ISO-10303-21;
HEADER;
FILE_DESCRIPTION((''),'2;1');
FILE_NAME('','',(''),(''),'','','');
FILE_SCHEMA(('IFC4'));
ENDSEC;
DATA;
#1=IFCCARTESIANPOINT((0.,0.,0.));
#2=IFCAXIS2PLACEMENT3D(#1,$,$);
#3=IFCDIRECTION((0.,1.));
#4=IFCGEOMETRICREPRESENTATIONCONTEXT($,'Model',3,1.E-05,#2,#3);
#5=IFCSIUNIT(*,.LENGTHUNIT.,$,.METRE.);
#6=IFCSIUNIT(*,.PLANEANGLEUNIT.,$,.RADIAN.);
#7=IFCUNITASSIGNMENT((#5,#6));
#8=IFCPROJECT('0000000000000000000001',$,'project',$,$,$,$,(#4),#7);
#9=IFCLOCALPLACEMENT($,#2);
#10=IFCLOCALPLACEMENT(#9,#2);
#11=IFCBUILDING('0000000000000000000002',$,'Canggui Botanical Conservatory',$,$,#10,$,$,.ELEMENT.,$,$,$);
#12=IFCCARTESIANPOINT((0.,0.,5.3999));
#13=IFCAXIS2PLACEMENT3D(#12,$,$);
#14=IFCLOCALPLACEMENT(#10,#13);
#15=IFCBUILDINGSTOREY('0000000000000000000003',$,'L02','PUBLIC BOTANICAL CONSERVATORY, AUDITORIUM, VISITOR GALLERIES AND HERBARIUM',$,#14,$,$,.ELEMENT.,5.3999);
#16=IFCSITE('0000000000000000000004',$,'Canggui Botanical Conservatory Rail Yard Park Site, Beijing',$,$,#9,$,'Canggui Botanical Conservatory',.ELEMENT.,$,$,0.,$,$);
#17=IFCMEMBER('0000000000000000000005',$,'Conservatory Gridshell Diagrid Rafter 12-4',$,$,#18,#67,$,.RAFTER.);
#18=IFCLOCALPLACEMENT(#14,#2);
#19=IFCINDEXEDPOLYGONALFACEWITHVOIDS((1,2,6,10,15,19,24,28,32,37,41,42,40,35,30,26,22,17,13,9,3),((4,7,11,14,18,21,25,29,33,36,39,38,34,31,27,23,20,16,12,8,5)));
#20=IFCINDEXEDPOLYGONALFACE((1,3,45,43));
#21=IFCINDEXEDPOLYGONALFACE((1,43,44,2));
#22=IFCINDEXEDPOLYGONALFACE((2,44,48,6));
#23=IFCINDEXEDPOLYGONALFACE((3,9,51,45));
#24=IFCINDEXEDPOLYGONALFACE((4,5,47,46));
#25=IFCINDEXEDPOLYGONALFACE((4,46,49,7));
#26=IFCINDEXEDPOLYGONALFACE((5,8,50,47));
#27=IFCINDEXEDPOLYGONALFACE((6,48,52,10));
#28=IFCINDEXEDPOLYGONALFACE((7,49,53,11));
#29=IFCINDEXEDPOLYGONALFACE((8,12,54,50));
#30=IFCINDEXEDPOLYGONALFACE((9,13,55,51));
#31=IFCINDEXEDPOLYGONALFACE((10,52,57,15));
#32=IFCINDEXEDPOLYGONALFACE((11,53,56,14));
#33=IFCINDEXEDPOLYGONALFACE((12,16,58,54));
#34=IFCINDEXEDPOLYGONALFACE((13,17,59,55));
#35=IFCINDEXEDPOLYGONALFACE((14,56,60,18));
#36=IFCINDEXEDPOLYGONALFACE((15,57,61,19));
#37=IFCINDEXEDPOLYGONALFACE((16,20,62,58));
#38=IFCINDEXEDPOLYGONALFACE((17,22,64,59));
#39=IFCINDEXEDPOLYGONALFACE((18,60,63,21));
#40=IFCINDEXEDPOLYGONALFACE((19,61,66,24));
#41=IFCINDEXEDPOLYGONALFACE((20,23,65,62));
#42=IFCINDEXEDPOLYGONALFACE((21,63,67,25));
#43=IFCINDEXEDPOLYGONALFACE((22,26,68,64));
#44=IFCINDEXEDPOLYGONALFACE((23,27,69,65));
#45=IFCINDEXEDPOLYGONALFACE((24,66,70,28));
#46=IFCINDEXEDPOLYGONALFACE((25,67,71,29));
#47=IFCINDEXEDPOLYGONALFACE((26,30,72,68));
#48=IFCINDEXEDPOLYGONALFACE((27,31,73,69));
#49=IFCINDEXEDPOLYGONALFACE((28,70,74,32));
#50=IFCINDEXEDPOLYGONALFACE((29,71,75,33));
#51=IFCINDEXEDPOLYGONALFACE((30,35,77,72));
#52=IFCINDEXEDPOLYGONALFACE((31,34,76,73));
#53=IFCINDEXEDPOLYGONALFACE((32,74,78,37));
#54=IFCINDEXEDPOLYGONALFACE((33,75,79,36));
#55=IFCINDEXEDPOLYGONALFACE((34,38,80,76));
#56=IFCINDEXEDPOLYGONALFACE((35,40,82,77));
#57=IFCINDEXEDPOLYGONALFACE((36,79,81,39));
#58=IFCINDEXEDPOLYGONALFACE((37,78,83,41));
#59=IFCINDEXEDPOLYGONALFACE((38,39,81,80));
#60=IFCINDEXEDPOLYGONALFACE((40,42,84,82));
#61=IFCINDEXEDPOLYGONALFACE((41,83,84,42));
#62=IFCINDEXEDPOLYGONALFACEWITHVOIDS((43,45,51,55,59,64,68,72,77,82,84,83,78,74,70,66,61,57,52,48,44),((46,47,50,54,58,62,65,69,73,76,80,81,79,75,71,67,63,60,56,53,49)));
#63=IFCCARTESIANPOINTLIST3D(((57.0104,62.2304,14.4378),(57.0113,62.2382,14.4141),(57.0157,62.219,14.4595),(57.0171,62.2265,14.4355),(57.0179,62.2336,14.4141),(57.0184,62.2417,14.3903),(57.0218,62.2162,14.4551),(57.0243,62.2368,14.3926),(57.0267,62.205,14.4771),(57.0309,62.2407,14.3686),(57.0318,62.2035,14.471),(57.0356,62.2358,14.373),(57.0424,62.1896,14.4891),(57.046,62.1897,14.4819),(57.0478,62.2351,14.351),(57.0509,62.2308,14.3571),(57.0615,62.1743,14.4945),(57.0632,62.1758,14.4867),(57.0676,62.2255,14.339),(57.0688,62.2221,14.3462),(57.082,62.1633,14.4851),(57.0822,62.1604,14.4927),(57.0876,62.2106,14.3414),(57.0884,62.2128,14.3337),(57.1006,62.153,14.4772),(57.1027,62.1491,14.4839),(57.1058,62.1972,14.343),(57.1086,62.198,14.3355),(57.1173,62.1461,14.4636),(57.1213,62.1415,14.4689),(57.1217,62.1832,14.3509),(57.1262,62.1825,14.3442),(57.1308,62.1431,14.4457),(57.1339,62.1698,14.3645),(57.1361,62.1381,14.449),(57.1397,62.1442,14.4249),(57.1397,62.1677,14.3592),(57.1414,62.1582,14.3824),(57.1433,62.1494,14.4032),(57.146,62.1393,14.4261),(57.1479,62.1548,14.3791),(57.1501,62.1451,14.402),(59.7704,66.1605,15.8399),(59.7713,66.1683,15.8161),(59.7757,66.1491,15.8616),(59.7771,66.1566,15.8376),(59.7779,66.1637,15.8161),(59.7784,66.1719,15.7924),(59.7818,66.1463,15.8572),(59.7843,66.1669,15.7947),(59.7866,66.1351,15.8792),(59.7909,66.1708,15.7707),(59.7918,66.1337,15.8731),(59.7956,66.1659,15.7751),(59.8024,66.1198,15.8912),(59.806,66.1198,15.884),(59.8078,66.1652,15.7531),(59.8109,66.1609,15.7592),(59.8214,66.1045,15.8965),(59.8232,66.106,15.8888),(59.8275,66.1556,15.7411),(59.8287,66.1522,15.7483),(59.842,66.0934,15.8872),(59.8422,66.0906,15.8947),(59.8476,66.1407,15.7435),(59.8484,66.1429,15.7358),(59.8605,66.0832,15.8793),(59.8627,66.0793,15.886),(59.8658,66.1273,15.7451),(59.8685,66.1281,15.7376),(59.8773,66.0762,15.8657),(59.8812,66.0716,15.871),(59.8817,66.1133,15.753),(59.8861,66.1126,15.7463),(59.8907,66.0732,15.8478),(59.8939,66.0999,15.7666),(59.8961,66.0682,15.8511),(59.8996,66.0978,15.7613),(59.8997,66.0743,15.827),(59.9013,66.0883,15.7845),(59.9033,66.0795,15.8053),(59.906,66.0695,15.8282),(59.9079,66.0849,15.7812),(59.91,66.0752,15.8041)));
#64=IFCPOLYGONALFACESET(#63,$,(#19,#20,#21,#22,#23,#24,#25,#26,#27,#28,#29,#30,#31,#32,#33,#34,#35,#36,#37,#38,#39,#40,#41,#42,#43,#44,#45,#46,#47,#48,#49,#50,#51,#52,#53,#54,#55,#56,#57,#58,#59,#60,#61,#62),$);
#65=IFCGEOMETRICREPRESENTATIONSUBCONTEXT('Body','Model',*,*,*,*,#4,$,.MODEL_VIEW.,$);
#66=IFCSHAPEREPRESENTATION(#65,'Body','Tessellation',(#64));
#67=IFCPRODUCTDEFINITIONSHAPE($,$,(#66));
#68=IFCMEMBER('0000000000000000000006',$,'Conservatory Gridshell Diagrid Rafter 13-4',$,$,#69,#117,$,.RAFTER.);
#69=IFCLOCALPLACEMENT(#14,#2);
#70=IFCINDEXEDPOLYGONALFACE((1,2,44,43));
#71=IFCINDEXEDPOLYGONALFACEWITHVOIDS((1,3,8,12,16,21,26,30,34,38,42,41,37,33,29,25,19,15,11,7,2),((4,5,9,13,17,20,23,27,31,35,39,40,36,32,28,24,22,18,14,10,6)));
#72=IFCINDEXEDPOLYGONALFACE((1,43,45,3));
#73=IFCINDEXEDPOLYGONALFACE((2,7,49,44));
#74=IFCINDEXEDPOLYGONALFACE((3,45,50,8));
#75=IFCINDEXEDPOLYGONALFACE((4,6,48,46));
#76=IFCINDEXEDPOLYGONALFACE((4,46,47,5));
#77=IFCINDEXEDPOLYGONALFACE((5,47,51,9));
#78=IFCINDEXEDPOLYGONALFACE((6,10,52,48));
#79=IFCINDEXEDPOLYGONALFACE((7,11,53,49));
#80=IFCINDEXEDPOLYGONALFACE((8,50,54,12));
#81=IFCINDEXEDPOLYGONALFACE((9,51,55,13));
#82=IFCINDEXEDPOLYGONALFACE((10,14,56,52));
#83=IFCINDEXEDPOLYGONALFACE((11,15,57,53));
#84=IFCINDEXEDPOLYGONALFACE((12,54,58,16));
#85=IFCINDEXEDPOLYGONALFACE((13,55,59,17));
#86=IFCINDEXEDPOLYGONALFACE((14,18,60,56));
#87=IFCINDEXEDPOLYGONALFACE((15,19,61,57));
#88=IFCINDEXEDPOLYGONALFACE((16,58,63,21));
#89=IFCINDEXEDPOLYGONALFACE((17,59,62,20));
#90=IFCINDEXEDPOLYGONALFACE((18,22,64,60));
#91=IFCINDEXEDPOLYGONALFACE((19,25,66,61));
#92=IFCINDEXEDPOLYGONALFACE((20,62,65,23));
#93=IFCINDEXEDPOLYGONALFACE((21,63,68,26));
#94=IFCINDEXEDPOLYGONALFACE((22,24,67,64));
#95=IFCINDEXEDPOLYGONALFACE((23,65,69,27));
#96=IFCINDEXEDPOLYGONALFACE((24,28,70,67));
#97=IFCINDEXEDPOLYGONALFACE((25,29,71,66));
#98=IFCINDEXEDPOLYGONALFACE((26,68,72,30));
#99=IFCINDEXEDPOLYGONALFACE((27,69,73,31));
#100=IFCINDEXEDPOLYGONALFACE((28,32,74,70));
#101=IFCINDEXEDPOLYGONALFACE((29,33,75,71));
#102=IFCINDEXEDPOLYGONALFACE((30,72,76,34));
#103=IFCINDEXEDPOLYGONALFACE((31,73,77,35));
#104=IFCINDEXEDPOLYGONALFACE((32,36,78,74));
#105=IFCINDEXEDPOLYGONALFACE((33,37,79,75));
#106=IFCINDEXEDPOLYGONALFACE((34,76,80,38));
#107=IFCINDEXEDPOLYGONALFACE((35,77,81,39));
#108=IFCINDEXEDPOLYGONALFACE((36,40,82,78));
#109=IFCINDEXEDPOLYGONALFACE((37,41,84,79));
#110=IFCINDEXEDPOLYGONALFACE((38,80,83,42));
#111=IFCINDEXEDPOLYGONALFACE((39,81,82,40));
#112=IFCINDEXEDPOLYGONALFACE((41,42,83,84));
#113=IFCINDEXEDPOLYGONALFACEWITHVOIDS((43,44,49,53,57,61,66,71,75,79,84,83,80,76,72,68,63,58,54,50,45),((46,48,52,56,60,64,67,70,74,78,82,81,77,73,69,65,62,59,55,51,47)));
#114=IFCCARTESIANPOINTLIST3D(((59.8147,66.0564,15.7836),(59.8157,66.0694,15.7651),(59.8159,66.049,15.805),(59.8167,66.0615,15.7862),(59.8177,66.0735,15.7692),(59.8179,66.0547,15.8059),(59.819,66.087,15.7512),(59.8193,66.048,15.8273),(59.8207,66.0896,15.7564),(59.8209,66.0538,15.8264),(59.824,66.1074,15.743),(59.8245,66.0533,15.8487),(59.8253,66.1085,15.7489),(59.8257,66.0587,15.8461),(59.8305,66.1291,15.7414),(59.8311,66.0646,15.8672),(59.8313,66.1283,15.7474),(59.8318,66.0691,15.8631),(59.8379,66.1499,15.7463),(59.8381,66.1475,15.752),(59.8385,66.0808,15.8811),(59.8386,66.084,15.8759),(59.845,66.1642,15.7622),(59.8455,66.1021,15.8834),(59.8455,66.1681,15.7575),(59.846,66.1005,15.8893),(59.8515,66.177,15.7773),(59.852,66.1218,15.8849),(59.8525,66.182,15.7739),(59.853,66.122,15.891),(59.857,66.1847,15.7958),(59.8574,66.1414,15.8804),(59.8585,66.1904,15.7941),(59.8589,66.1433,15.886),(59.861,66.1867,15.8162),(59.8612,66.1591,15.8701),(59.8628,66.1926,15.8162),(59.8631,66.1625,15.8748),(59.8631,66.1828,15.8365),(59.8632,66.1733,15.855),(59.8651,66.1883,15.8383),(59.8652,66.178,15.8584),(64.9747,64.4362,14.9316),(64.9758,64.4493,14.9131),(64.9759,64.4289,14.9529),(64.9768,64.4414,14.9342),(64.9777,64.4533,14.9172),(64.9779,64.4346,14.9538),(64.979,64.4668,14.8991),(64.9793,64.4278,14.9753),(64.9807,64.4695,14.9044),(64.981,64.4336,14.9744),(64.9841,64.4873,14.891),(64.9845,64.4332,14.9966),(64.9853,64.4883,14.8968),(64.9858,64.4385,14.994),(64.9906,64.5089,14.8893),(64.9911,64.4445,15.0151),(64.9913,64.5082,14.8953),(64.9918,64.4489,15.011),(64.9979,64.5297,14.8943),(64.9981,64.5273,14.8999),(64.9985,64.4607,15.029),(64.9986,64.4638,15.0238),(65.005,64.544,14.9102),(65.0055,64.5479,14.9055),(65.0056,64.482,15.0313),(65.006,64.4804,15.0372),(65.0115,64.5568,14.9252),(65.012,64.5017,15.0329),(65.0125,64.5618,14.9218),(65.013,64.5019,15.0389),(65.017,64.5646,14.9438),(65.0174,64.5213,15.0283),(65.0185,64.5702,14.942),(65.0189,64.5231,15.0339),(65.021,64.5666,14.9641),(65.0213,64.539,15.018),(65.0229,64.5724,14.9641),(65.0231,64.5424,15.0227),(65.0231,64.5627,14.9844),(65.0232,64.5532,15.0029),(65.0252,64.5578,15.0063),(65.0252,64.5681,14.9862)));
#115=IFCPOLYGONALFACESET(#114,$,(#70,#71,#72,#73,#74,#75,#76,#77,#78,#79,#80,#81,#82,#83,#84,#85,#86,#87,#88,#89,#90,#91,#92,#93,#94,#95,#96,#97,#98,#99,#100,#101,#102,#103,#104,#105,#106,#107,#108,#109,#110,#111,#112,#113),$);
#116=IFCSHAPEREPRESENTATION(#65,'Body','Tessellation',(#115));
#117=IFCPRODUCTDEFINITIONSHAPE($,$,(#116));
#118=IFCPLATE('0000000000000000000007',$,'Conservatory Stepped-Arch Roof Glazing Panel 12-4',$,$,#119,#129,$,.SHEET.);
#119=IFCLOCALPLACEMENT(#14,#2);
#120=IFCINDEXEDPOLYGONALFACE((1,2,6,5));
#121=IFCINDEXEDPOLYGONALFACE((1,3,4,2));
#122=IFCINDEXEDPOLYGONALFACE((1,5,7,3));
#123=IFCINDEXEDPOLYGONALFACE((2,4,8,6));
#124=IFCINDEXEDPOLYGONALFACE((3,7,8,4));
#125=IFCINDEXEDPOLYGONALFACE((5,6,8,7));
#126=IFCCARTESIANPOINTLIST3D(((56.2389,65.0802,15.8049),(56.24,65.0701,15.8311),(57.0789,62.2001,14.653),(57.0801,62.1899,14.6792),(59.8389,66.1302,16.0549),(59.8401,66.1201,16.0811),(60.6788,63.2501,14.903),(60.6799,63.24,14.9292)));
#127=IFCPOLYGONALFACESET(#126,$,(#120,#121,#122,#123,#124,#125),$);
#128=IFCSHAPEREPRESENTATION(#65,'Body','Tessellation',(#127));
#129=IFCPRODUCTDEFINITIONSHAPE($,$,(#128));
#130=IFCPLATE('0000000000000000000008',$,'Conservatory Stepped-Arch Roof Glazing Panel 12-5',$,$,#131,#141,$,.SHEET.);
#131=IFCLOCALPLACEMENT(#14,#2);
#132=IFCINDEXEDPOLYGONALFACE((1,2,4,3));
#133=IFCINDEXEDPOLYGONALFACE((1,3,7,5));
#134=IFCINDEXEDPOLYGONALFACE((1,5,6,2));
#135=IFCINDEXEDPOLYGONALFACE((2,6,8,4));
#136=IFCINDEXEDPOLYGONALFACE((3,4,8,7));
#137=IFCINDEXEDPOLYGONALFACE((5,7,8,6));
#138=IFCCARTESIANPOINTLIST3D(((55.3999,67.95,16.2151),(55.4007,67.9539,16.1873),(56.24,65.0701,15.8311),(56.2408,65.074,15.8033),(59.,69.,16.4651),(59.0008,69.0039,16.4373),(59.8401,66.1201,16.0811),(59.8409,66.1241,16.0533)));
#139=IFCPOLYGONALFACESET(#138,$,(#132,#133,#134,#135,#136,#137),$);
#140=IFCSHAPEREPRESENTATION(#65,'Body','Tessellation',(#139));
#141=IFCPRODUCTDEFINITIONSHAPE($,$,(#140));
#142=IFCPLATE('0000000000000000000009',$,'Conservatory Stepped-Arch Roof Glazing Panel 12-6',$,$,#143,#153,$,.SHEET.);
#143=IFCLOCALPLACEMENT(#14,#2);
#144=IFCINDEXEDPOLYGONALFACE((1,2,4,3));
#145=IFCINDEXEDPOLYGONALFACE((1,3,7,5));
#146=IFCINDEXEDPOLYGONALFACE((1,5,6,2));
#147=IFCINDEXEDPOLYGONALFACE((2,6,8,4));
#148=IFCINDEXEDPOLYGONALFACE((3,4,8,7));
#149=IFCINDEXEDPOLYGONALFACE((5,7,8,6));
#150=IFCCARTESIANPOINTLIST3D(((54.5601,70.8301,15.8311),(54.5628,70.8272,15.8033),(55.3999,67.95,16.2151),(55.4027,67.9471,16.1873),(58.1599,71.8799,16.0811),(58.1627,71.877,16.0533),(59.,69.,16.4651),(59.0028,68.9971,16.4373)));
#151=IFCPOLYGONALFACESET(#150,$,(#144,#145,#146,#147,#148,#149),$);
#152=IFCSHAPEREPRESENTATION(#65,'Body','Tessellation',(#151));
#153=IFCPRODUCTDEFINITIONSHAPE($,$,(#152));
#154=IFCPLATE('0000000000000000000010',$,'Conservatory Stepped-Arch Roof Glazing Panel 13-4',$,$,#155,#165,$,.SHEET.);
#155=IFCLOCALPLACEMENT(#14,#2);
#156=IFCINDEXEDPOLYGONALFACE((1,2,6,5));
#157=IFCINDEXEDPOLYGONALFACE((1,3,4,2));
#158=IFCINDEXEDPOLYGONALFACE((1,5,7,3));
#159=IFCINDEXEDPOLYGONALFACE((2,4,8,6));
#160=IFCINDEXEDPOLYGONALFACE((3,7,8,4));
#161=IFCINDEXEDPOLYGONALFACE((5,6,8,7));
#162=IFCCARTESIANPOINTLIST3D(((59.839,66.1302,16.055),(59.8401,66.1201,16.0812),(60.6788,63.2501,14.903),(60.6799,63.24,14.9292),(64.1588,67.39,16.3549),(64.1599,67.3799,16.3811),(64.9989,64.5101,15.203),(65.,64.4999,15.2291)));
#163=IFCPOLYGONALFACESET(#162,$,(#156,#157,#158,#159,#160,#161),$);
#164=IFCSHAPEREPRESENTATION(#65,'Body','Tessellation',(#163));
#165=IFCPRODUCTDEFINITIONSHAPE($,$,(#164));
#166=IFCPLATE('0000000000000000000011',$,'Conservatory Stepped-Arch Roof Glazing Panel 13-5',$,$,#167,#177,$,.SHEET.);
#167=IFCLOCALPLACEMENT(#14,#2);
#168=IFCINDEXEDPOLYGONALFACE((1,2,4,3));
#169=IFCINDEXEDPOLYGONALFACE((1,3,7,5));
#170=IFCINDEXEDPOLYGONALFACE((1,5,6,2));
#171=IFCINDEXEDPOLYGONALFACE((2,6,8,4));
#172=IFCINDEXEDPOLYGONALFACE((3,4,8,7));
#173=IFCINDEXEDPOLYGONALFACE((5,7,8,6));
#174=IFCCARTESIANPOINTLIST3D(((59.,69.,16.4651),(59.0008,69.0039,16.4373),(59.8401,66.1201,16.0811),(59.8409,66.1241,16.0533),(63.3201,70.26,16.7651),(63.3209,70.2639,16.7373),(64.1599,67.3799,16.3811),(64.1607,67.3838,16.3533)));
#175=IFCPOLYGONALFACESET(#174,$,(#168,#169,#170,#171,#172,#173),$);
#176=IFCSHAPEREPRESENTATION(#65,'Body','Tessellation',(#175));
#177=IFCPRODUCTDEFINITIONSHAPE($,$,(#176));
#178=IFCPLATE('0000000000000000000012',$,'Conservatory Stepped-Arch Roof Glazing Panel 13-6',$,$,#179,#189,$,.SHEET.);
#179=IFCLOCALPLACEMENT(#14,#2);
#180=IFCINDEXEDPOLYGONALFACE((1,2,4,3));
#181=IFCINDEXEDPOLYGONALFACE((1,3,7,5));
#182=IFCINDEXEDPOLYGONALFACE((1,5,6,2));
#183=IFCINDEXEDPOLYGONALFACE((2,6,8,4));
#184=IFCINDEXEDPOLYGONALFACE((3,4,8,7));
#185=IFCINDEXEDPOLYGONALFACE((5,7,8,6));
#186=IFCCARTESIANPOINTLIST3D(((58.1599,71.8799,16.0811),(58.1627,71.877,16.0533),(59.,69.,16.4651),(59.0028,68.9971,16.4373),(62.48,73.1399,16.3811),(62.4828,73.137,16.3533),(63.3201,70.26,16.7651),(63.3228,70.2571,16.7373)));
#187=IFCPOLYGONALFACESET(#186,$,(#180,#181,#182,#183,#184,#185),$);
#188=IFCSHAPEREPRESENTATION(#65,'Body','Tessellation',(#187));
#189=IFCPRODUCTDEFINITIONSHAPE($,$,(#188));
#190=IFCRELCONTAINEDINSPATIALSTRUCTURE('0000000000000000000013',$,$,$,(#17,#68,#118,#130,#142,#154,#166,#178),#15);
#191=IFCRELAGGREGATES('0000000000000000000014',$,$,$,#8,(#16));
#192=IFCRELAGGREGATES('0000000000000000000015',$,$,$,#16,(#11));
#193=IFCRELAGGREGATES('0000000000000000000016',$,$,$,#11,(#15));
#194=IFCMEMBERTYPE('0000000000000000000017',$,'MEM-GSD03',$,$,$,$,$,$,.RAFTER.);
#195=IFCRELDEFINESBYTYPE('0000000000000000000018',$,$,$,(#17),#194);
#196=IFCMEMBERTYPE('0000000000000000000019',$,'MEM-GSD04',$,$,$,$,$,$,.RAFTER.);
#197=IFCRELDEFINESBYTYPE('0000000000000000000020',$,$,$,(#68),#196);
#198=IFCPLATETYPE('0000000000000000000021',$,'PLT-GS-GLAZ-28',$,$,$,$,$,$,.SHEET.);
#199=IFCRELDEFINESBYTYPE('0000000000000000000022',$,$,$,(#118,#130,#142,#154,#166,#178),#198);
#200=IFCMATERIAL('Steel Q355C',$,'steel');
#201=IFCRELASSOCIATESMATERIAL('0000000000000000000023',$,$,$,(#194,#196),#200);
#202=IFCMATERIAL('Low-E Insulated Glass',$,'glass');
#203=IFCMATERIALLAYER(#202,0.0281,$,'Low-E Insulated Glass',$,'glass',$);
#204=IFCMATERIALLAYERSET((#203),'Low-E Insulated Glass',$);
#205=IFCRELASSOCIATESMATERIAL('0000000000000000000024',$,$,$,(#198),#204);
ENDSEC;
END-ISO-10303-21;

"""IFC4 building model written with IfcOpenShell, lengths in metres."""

from ifc_helpers import new_model, si_unit, direction, frame, origin, origin_2d, place, context, subcontext, project, spatial, polyline, hollow_circle, outline, extrude, material, layer, layer_set, material_profile, profile_set, type_object, element, save


model = new_model("IFC4")

# Units and contexts
model_context = context("Model", 3, precision=1e-05, world=origin(), true_north=direction((0.0, 1.0)))
body_context = subcontext(model_context, "Body", "Model", "MODEL_VIEW")
ifc_project = project(units=[si_unit("LENGTHUNIT", "METRE"), si_unit("PLANEANGLEUNIT", "RADIAN")], contexts=[model_context])

# Site, building, storey
site_placement = place(None, origin())
site = spatial("IfcSite", under=ifc_project, at=site_placement, Name="Canggui Botanical Conservatory Rail Yard Park Site, Beijing", LongName="Canggui Botanical Conservatory", CompositionType="ELEMENT", RefElevation=0.0)
building_placement = place(site_placement, origin())
building = spatial("IfcBuilding", under=site, at=building_placement, Name="Canggui Botanical Conservatory", CompositionType="ELEMENT")
storey_placement = place(building_placement, frame((0.0, 0.0, 5.3999)))
storey = spatial("IfcBuildingStorey", under=building, at=storey_placement, Name="L02", Description="PUBLIC BOTANICAL CONSERVATORY, AUDITORIUM, VISITOR GALLERIES AND HERBARIUM", CompositionType="ELEMENT", Elevation=5.3999)

# Shared definitions
ifc_material_1 = material(Name="Steel Q355C", Category="steel")

# Members
ifc_material_profile_1 = material_profile(ifc_material_1, hollow_circle(Radius=0.084, WallThickness=0.0081, at=origin_2d()), Name="CHS 168x8")
ifc_profile_set_1 = profile_set([ifc_material_profile_1], Name="Steel Q355C")
member_type_1 = type_object("IfcMemberType", Name="MEM-GSD03", PredefinedType="RAFTER", material=ifc_profile_set_1)
member_1_placement = place(storey_placement, frame((57.0801, 62.1899, 14.4141), z_axis=(0.551673, 0.785567, 0.280253), x_axis=(-0.818362, 0.574704, 0.0)))
element("IfcMember", 1, at=member_1_placement, inside=storey, type_object=member_type_1, Name="Conservatory Gridshell Diagrid Rafter 12-4", PredefinedType="RAFTER", context=body_context, shape_type="SweptSolid", body=[
    extrude(hollow_circle(Radius=0.084, WallThickness=0.0081, at=origin_2d()), origin(), (0.0, 0.0, 1.0), 5.0029),
])
ifc_material_profile_2 = material_profile(ifc_material_1, hollow_circle(Radius=0.0759, WallThickness=0.0061, at=origin_2d()), Name="CHS 152x6")
ifc_profile_set_2 = profile_set([ifc_material_profile_2], Name="Steel Q355C")
member_type_2 = type_object("IfcMemberType", Name="MEM-GSD04", PredefinedType="RAFTER", material=ifc_profile_set_2)
member_2_placement = place(storey_placement, frame((59.8401, 66.1201, 15.8162), z_axis=(0.942452, -0.295913, -0.155626), x_axis=(0.299562, 0.954077, 0.0)))
element("IfcMember", 2, at=member_2_placement, inside=storey, type_object=member_type_2, Name="Conservatory Gridshell Diagrid Rafter 13-4", PredefinedType="RAFTER", context=body_context, shape_type="SweptSolid", body=[
    extrude(hollow_circle(Radius=0.0759, WallThickness=0.0061, at=origin_2d()), origin(), (0.0, 0.0, 1.0), 5.4751),
])

# Plates
ifc_material_2 = material(Name="Low-E Insulated Glass", Category="glass")
ifc_layer = layer(ifc_material_2, 0.0281, Name="Low-E Insulated Glass", Category="glass")
ifc_layer_set = layer_set([ifc_layer], Name="Low-E Insulated Glass")
plate_type = type_object("IfcPlateType", Name="PLT-GS-GLAZ-28", PredefinedType="SHEET", material=ifc_layer_set)
plate_1_placement = place(storey_placement, frame((57.0801, 62.1899, 14.6792), z_axis=(0.040538, -0.360816, 0.931755), x_axis=(0.957867, 0.279402, 0.066522)))
element("IfcPlate", 3, at=plate_1_placement, inside=storey, type_object=plate_type, Name="Conservatory Stepped-Arch Roof Glazing Panel 12-4", PredefinedType="SHEET", context=body_context, shape_type="SweptSolid", body=[
    extrude(outline(polyline([(0.0, 0.0), (3.7582, 0.0), (3.8351, 3.2127), (0.0766, 3.2128), (0.0, 0.0)])), origin(), (0.0, 0.0, -1.0), 0.0281),
])
plate_2_placement = place(storey_placement, frame((56.24, 65.0701, 15.8311), z_axis=(-0.027864, -0.140111, 0.989744), x_axis=(0.957872, 0.279385, 0.066517)))
element("IfcPlate", 4, at=plate_2_placement, inside=storey, type_object=plate_type, Name="Conservatory Stepped-Arch Roof Glazing Panel 12-5", PredefinedType="SHEET", context=body_context, shape_type="SweptSolid", body=[
    extrude(outline(polyline([(0.0, 0.0), (3.7584, 0.0), (3.7839, 3.0243), (0.0254, 3.0243), (0.0, 0.0)])), origin(), (0.0, 0.0, -1.0), 0.0281),
])
plate_3_placement = place(storey_placement, frame((55.3999, 67.95, 16.2151), z_axis=(-0.098818, 0.103156, 0.989744), x_axis=(0.957872, 0.279385, 0.066517)))
element("IfcPlate", 5, at=plate_3_placement, inside=storey, type_object=plate_type, Name="Conservatory Stepped-Arch Roof Glazing Panel 12-6", PredefinedType="SHEET", context=body_context, shape_type="SweptSolid", body=[
    extrude(outline(polyline([(0.0, 0.0), (3.7584, 0.0), (3.7328, 3.0243), (-0.0253, 3.0245), (0.0, 0.0)])), origin(), (0.0, 0.0, -1.0), 0.0281),
])
plate_4_placement = place(storey_placement, frame((60.6799, 63.24, 14.9292), z_axis=(0.040554, -0.36086, 0.931738), x_axis=(0.957879, 0.279366, 0.066506)))
element("IfcPlate", 6, at=plate_4_placement, inside=storey, type_object=plate_type, Name="Conservatory Stepped-Arch Roof Glazing Panel 13-4", PredefinedType="SHEET", context=body_context, shape_type="SweptSolid", body=[
    extrude(outline(polyline([(0.0, 0.0), (4.51, 0.0), (4.5865, 3.2126), (0.0767, 3.2127), (0.0, 0.0)])), origin(), (0.0, 0.0, -1.0), 0.0281),
])
plate_5_placement = place(storey_placement, frame((59.8401, 66.1201, 16.0811), z_axis=(-0.027882, -0.140109, 0.989743), x_axis=(0.957884, 0.279343, 0.066529)))
element("IfcPlate", 7, at=plate_5_placement, inside=storey, type_object=plate_type, Name="Conservatory Stepped-Arch Roof Glazing Panel 13-5", PredefinedType="SHEET", context=body_context, shape_type="SweptSolid", body=[
    extrude(outline(polyline([(0.0, 0.0), (4.5098, 0.0), (4.5354, 3.0244), (0.0253, 3.0243), (0.0, 0.0)])), origin(), (0.0, 0.0, -1.0), 0.0281),
])
plate_6_placement = place(storey_placement, frame((59.0, 69.0, 16.4651), z_axis=(-0.098828, 0.103153, 0.989744), x_axis=(0.957874, 0.279378, 0.066529)))
element("IfcPlate", 8, at=plate_6_placement, inside=storey, type_object=plate_type, Name="Conservatory Stepped-Arch Roof Glazing Panel 13-6", PredefinedType="SHEET", context=body_context, shape_type="SweptSolid", body=[
    extrude(outline(polyline([(0.0, 0.0), (4.5101, 0.0), (4.4844, 3.0243), (-0.0257, 3.0243), (0.0, 0.0)])), origin(), (0.0, 0.0, -1.0), 0.0281),
])

save(model, "model.ifc")
